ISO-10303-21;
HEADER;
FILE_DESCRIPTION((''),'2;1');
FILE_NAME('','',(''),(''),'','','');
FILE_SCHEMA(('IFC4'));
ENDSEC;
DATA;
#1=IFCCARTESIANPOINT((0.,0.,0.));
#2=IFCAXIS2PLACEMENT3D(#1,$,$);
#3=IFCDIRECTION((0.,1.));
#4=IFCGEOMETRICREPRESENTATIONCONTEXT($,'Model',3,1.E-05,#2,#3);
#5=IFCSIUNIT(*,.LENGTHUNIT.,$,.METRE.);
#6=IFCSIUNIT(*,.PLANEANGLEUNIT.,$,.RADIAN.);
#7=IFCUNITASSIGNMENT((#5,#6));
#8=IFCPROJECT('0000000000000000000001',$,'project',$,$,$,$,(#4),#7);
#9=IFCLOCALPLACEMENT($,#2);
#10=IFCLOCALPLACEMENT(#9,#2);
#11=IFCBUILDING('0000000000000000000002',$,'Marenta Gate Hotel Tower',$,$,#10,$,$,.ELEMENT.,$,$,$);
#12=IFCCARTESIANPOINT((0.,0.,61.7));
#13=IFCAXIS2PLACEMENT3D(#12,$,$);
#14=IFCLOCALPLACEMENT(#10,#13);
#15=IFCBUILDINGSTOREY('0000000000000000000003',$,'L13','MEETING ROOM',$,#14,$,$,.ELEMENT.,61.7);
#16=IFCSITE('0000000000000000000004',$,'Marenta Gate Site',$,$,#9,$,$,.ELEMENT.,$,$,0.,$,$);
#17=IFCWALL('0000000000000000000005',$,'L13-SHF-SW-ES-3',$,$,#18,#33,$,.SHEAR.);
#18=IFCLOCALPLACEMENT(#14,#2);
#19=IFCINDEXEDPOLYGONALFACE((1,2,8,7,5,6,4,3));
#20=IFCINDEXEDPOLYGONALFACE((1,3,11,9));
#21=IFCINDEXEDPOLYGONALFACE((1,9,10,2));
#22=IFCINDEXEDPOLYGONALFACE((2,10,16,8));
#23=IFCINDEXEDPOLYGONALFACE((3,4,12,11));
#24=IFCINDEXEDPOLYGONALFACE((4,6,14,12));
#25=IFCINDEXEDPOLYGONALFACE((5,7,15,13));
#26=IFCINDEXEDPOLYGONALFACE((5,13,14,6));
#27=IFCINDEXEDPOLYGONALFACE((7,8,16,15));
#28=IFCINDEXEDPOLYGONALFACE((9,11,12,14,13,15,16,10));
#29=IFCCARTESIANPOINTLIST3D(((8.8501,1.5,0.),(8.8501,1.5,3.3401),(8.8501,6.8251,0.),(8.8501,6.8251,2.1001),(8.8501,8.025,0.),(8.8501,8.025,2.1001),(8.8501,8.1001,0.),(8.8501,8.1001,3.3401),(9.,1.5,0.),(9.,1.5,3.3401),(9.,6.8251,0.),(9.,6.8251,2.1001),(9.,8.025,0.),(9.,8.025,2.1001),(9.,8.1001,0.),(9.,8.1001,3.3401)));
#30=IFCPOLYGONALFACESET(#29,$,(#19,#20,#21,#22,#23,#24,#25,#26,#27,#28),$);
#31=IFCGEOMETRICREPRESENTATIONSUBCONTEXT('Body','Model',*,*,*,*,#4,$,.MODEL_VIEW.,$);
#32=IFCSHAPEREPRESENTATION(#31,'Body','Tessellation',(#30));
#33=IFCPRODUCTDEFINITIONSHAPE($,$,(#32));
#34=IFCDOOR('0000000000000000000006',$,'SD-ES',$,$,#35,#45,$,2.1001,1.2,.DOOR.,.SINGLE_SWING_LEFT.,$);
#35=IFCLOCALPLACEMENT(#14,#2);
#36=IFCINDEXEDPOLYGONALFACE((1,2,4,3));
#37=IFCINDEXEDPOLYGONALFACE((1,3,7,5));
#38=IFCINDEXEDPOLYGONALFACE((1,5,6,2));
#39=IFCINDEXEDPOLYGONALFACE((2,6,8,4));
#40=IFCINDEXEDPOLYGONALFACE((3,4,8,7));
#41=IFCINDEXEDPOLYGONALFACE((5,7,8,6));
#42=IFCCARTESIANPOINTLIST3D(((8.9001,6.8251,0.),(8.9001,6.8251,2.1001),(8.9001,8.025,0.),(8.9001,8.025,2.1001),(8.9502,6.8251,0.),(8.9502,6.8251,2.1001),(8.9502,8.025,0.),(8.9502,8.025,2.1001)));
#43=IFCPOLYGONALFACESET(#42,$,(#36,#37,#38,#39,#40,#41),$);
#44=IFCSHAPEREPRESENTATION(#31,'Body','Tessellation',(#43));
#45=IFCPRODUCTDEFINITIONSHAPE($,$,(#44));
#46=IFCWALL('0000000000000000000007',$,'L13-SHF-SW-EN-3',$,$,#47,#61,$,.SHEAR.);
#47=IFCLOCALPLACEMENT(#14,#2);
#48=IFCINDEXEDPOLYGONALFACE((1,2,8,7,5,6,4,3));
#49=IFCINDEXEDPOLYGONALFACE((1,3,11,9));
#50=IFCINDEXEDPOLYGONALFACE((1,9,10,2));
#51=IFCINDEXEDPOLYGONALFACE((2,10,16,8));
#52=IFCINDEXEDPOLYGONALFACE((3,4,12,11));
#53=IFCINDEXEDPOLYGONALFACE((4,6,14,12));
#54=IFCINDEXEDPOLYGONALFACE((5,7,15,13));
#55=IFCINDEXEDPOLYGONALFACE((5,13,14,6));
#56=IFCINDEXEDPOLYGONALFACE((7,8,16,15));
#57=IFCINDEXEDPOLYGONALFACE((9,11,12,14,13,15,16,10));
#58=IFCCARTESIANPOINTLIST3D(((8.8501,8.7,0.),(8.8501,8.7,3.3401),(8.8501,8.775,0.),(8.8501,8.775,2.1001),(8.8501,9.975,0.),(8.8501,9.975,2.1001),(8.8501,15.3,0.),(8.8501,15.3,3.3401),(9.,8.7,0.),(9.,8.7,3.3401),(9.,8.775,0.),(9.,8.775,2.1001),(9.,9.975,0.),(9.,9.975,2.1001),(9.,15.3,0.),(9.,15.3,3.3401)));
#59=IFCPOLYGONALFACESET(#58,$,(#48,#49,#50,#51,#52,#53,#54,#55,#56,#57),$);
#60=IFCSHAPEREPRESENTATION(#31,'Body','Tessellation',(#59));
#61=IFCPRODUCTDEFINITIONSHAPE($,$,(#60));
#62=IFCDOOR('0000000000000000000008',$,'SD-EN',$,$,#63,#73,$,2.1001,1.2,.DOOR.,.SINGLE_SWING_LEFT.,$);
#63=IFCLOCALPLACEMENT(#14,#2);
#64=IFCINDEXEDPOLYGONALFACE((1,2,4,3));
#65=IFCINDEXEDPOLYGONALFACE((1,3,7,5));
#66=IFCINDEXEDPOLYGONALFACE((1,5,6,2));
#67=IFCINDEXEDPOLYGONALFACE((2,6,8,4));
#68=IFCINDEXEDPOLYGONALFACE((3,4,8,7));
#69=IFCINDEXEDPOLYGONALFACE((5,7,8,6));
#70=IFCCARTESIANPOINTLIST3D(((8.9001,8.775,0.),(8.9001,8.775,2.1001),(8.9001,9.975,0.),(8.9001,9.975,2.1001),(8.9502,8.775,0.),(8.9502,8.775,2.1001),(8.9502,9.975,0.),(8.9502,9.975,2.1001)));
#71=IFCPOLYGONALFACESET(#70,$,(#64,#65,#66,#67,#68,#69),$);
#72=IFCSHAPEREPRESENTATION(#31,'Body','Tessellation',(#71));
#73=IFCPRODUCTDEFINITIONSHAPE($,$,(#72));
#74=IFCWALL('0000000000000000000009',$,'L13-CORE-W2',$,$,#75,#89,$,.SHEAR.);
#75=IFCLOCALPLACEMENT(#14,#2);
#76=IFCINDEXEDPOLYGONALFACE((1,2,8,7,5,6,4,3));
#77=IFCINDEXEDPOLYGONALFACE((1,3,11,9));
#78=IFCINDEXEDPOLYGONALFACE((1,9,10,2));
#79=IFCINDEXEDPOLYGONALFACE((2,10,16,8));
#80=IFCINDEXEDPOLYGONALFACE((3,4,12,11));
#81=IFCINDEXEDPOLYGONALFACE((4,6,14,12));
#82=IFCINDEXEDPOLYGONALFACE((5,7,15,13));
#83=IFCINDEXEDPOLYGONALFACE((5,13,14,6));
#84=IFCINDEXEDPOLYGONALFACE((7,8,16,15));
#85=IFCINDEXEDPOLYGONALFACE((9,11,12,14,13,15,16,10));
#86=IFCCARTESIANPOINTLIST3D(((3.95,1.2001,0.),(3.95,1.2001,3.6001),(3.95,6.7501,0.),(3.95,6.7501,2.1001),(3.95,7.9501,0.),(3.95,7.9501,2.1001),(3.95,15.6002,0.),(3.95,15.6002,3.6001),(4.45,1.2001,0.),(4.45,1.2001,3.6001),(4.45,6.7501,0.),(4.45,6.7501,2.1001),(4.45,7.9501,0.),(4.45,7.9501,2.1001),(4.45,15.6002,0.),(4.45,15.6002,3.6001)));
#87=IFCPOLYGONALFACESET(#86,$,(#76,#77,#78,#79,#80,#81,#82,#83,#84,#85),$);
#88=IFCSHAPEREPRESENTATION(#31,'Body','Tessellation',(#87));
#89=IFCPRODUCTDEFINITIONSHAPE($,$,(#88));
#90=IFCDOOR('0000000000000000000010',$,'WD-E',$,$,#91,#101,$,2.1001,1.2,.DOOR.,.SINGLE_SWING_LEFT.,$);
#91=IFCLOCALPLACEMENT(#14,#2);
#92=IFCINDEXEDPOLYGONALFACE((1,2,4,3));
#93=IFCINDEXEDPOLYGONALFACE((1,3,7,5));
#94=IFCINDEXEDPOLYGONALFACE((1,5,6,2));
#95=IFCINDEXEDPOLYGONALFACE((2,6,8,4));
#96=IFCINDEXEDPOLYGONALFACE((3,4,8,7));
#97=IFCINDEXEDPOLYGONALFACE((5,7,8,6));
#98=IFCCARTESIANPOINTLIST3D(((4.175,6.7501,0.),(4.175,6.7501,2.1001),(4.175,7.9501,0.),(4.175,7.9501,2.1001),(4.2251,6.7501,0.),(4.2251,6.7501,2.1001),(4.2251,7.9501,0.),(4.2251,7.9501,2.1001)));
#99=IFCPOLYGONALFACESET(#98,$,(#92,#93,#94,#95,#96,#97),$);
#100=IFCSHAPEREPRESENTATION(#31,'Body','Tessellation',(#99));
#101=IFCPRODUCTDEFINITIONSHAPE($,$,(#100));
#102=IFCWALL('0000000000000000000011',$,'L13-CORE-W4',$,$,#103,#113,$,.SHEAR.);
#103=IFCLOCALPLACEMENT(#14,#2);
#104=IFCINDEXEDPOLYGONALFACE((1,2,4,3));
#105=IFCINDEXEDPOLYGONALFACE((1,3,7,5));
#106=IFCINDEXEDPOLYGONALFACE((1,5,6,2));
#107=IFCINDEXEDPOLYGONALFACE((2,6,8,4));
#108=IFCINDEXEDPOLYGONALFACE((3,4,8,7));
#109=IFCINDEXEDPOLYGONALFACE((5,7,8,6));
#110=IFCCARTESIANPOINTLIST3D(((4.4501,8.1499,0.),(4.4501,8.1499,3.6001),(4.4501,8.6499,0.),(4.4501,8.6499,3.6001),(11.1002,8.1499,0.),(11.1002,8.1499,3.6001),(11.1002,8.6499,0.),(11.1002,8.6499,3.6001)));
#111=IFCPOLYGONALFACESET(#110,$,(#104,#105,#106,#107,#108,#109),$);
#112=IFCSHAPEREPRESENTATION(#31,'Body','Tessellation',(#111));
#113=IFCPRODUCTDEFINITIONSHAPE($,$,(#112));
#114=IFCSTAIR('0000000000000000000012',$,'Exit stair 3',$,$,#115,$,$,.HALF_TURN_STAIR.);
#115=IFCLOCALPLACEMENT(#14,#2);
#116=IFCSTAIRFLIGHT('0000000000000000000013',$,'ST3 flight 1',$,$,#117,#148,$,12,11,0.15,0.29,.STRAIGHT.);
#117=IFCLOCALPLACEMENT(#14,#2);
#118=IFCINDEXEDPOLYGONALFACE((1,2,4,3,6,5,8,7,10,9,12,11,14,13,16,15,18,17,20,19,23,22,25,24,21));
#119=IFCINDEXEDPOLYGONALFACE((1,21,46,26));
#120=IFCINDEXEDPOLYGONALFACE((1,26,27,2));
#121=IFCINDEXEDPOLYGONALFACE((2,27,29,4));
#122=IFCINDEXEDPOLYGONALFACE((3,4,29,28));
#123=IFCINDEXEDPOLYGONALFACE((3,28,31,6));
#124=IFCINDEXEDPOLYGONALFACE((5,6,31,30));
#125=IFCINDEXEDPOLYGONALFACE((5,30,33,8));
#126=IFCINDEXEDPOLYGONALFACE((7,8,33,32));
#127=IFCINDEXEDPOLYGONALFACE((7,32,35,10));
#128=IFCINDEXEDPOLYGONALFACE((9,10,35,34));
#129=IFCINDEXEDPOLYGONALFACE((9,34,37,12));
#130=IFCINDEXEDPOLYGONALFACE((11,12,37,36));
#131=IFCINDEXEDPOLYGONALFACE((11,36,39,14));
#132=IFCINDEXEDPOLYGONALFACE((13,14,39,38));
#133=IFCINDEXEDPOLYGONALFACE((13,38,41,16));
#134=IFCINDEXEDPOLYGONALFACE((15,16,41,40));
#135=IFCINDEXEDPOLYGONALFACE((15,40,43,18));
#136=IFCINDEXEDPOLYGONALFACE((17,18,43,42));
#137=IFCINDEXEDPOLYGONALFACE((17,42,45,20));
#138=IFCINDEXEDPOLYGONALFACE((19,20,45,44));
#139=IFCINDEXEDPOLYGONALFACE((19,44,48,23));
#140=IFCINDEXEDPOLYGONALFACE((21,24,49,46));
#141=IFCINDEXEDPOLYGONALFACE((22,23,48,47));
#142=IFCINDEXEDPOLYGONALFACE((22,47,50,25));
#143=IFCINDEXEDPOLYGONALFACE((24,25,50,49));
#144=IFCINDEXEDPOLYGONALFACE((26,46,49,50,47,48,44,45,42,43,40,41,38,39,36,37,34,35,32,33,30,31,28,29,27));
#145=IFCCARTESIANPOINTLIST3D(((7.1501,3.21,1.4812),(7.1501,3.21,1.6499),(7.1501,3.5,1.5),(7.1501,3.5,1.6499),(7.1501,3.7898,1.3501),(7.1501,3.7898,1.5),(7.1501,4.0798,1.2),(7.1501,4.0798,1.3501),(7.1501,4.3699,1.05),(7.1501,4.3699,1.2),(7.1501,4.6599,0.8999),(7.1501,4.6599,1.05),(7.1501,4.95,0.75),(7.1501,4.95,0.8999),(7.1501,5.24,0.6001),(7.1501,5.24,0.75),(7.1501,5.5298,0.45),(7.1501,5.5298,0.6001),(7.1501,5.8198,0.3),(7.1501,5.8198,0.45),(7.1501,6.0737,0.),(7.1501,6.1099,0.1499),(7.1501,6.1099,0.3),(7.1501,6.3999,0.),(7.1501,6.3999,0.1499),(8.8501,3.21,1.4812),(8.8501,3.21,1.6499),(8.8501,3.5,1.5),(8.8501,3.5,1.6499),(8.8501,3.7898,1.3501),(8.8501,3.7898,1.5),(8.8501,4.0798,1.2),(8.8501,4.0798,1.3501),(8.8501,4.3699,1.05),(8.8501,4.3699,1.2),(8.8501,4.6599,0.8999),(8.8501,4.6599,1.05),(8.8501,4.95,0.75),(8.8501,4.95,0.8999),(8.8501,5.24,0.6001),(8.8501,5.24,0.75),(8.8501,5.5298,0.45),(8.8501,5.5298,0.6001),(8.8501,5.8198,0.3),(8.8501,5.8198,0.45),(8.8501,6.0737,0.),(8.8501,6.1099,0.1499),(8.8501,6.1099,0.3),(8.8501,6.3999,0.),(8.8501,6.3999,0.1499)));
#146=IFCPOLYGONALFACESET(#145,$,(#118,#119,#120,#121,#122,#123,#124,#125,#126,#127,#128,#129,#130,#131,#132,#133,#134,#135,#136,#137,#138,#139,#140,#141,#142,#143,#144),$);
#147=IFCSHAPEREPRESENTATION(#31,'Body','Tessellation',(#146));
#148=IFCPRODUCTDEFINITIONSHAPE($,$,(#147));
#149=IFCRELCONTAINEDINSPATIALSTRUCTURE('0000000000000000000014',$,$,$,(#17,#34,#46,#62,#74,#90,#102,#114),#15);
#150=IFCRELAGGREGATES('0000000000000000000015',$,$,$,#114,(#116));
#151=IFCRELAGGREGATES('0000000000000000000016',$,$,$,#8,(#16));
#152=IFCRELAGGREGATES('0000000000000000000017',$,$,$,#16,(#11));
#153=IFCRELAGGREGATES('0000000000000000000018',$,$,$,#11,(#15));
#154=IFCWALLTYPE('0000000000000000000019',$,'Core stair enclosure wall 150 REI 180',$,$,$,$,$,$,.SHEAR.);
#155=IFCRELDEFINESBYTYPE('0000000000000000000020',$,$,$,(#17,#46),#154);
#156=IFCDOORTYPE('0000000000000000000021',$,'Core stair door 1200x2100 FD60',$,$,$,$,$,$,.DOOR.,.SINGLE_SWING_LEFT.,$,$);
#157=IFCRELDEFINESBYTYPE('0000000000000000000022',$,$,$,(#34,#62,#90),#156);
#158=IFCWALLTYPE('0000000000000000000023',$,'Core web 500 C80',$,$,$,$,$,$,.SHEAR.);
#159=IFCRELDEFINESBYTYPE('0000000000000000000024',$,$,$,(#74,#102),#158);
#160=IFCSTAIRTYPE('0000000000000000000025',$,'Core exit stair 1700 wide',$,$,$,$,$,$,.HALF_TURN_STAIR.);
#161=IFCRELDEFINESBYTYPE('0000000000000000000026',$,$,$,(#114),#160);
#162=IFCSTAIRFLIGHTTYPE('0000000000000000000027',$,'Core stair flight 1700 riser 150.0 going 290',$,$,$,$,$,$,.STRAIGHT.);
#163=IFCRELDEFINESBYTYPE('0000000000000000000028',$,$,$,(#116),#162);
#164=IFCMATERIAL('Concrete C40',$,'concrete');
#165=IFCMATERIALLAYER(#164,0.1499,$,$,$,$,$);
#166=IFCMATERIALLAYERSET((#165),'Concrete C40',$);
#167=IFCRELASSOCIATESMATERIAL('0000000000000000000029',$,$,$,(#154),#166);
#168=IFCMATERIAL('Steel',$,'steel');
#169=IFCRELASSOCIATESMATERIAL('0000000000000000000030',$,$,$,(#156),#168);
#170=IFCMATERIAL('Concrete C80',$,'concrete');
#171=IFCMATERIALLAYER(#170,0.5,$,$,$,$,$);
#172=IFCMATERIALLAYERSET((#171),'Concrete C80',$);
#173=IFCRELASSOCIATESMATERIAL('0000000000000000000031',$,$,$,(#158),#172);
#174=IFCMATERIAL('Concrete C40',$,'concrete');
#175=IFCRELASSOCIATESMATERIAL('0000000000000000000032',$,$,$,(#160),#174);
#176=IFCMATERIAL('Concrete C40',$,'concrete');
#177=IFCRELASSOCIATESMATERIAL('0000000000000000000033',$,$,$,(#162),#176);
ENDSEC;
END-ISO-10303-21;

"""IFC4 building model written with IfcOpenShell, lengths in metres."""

from ifc_helpers import new_model, si_unit, direction, frame, frame_2d, origin, place, context, subcontext, project, spatial, polyline, rectangle, outline, extrude, material, layer, layer_set, type_object, element, fill, aggregate, save


model = new_model("IFC4")

# Units and contexts
model_context = context("Model", 3, precision=1e-05, world=origin(), true_north=direction((0.0, 1.0)))
body_context = subcontext(model_context, "Body", "Model", "MODEL_VIEW")
ifc_project = project(units=[si_unit("LENGTHUNIT", "METRE"), si_unit("PLANEANGLEUNIT", "RADIAN")], contexts=[model_context])

# Site, building, storey
site_placement = place(None, origin())
site = spatial("IfcSite", under=ifc_project, at=site_placement, Name="Marenta Gate Site", CompositionType="ELEMENT", RefElevation=0.0)
building_placement = place(site_placement, origin())
building = spatial("IfcBuilding", under=site, at=building_placement, Name="Marenta Gate Hotel Tower", CompositionType="ELEMENT")
storey_placement = place(building_placement, frame((0.0, 0.0, 61.7)))
storey = spatial("IfcBuildingStorey", under=building, at=storey_placement, Name="L13", Description="MEETING ROOM", CompositionType="ELEMENT", Elevation=61.7)

# Walls, openings, doors
ifc_material_1 = material(Name="Concrete C40", Category="concrete")
ifc_layer_1 = layer(ifc_material_1, 0.1499)
ifc_layer_set_1 = layer_set([ifc_layer_1], Name="Concrete C40")
wall_type_1 = type_object("IfcWallType", Name="Core stair enclosure wall 150 REI 180", PredefinedType="SHEAR", material=ifc_layer_set_1)
wall_1_placement = place(storey_placement, frame((8.925, 1.5, 0.0), z_axis=(0.0, 0.0, 1.0), x_axis=(0.0, 1.0, 0.0)))
wall_1 = element("IfcWall", 1, at=wall_1_placement, inside=storey, type_object=wall_type_1, Name="L13-SHF-SW-ES-3", PredefinedType="SHEAR", context=body_context, shape_type="SweptSolid", body=[
    extrude(rectangle(XDim=6.6001, YDim=0.1499, at=frame_2d((3.3, 0.0))), origin(), (0.0, 0.0, 1.0), 3.3401),
])
opening_1_placement = place(wall_1_placement, frame((5.325, 0.0, 0.0)))
opening_1 = element("IfcOpeningElement", 2, at=opening_1_placement, cuts=wall_1, PredefinedType="OPENING", context=body_context, shape_type="SweptSolid", body=[
    extrude(rectangle(XDim=1.2, YDim=2.1001, at=frame_2d((0.6001, 1.05))), frame((0.0, 0.075, 0.0), z_axis=(0.0, -1.0, 0.0), x_axis=(1.0, 0.0, 0.0)), (0.0, 0.0, 1.0), 0.1499),
])
ifc_material_2 = material(Name="Steel", Category="steel")
door_type_1 = type_object("IfcDoorType", Name="Core stair door 1200x2100 FD60", OperationType="SINGLE_SWING_LEFT", PredefinedType="DOOR", material=ifc_material_2)
door_1_placement = place(opening_1_placement, origin())
door_1 = element("IfcDoor", 3, at=door_1_placement, inside=storey, type_object=door_type_1, Name="SD-ES", OperationType="SINGLE_SWING_LEFT", OverallHeight=2.1001, OverallWidth=1.2, PredefinedType="DOOR", context=body_context, shape_type="SweptSolid", body=[
    extrude(rectangle(XDim=1.2, YDim=2.1001, at=frame_2d((0.6001, 1.05))), frame((0.0, 0.0249, 0.0), z_axis=(0.0, -1.0, 0.0), x_axis=(1.0, 0.0, 0.0)), (0.0, 0.0, 1.0), 0.05),
])
fill(opening_1, door_1)
wall_2_placement = place(storey_placement, frame((8.925, 8.7, 0.0), z_axis=(0.0, 0.0, 1.0), x_axis=(0.0, 1.0, 0.0)))
wall_2 = element("IfcWall", 4, at=wall_2_placement, inside=storey, type_object=wall_type_1, Name="L13-SHF-SW-EN-3", PredefinedType="SHEAR", context=body_context, shape_type="SweptSolid", body=[
    extrude(rectangle(XDim=6.6001, YDim=0.1499, at=frame_2d((3.3, 0.0))), origin(), (0.0, 0.0, 1.0), 3.3401),
])
opening_2_placement = place(wall_2_placement, frame((0.075, 0.0, 0.0)))
opening_2 = element("IfcOpeningElement", 5, at=opening_2_placement, cuts=wall_2, PredefinedType="OPENING", context=body_context, shape_type="SweptSolid", body=[
    extrude(rectangle(XDim=1.2, YDim=2.1001, at=frame_2d((0.6001, 1.05))), frame((0.0, 0.075, 0.0), z_axis=(0.0, -1.0, 0.0), x_axis=(1.0, 0.0, 0.0)), (0.0, 0.0, 1.0), 0.1499),
])
door_2_placement = place(opening_2_placement, origin())
door_2 = element("IfcDoor", 6, at=door_2_placement, inside=storey, type_object=door_type_1, Name="SD-EN", OperationType="SINGLE_SWING_LEFT", OverallHeight=2.1001, OverallWidth=1.2, PredefinedType="DOOR", context=body_context, shape_type="SweptSolid", body=[
    extrude(rectangle(XDim=1.2, YDim=2.1001, at=frame_2d((0.6001, 1.05))), frame((0.0, 0.0249, 0.0), z_axis=(0.0, -1.0, 0.0), x_axis=(1.0, 0.0, 0.0)), (0.0, 0.0, 1.0), 0.05),
])
fill(opening_2, door_2)
ifc_material_3 = material(Name="Concrete C80", Category="concrete")
ifc_layer_2 = layer(ifc_material_3, 0.5)
ifc_layer_set_2 = layer_set([ifc_layer_2], Name="Concrete C80")
wall_type_2 = type_object("IfcWallType", Name="Core web 500 C80", PredefinedType="SHEAR", material=ifc_layer_set_2)
wall_3_placement = place(storey_placement, frame((4.2, 1.2, 0.0), z_axis=(0.0, 0.0, 1.0), x_axis=(0.0, 1.0, 0.0)))
wall_3 = element("IfcWall", 7, at=wall_3_placement, inside=storey, type_object=wall_type_2, Name="L13-CORE-W2", PredefinedType="SHEAR", context=body_context, shape_type="SweptSolid", body=[
    extrude(rectangle(XDim=14.4001, YDim=0.5, at=frame_2d((7.2002, 0.0))), origin(), (0.0, 0.0, 1.0), 3.6001),
])
opening_3_placement = place(wall_3_placement, frame((5.55, 0.0, 0.0)))
opening_3 = element("IfcOpeningElement", 8, at=opening_3_placement, cuts=wall_3, PredefinedType="OPENING", context=body_context, shape_type="SweptSolid", body=[
    extrude(rectangle(XDim=1.2, YDim=2.1001, at=frame_2d((0.6001, 1.05))), frame((0.0, 0.25, 0.0), z_axis=(0.0, -1.0, 0.0), x_axis=(1.0, 0.0, 0.0)), (0.0, 0.0, 1.0), 0.5),
])
door_3_placement = place(opening_3_placement, origin())
door_3 = element("IfcDoor", 9, at=door_3_placement, inside=storey, type_object=door_type_1, Name="WD-E", OperationType="SINGLE_SWING_LEFT", OverallHeight=2.1001, OverallWidth=1.2, PredefinedType="DOOR", context=body_context, shape_type="SweptSolid", body=[
    extrude(rectangle(XDim=1.2, YDim=2.1001, at=frame_2d((0.6001, 1.05))), frame((0.0, 0.0249, 0.0), z_axis=(0.0, -1.0, 0.0), x_axis=(1.0, 0.0, 0.0)), (0.0, 0.0, 1.0), 0.05),
])
fill(opening_3, door_3)

# Wall
wall_4_placement = place(storey_placement, frame((4.45, 8.3999, 0.0), z_axis=(0.0, 0.0, 1.0), x_axis=(1.0, 0.0, 0.0)))
element("IfcWall", 10, at=wall_4_placement, inside=storey, type_object=wall_type_2, Name="L13-CORE-W4", PredefinedType="SHEAR", context=body_context, shape_type="SweptSolid", body=[
    extrude(rectangle(XDim=6.6501, YDim=0.5, at=frame_2d((3.3252, 0.0))), origin(), (0.0, 0.0, 1.0), 3.6001),
])

# Stair, stair flight
ifc_material_4 = material(Name="Concrete C40", Category="concrete")
stair_type = type_object("IfcStairType", Name="Core exit stair 1700 wide", PredefinedType="HALF_TURN_STAIR", material=ifc_material_4)
stair_placement = place(storey_placement, origin())
stair = element("IfcStair", 11, at=stair_placement, inside=storey, type_object=stair_type, Name="Exit stair 3", PredefinedType="HALF_TURN_STAIR")
ifc_material_5 = material(Name="Concrete C40", Category="concrete")
stair_flight_type = type_object("IfcStairFlightType", Name="Core stair flight 1700 riser 150.0 going 290", PredefinedType="STRAIGHT", material=ifc_material_5)
stair_flight_1_placement = place(storey_placement, frame((8.0, 6.3999, 0.0), z_axis=(0.0, 0.0, 1.0), x_axis=(0.0, -1.0, 0.0)))
stair_flight_1 = element("IfcStairFlight", 12, at=stair_flight_1_placement, type_object=stair_flight_type, Name="ST3 flight 1", NumberOfRisers=12, NumberOfTreads=11, PredefinedType="STRAIGHT", RiserHeight=0.15, TreadLength=0.29, context=body_context, shape_type="SweptSolid", body=[
    extrude(outline(polyline([(0.0, 0.0), (0.0, 0.1499), (0.29, 0.1499), (0.29, 0.3), (0.5801, 0.3), (0.5801, 0.45), (0.8701, 0.45), (0.8701, 0.6001), (1.1599, 0.6001), (1.1599, 0.75), (1.45, 0.75), (1.45, 0.8999), (1.74, 0.8999), (1.74, 1.05), (2.03, 1.05), (2.03, 1.2), (2.3201, 1.2), (2.3201, 1.3501), (2.6101, 1.3501), (2.6101, 1.5), (2.8999, 1.5), (2.8999, 1.6499), (3.1899, 1.6499), (3.1899, 1.8), (3.1899, 1.4812), (0.3262, 0.0), (0.0, 0.0)])), frame((0.0, 0.8501, 0.0), z_axis=(0.0, -1.0, 0.0), x_axis=(1.0, 0.0, 0.0)), (0.0, 0.0, 1.0), 1.7),
])
aggregate(stair, [stair_flight_1])

save(model, "model.ifc")
